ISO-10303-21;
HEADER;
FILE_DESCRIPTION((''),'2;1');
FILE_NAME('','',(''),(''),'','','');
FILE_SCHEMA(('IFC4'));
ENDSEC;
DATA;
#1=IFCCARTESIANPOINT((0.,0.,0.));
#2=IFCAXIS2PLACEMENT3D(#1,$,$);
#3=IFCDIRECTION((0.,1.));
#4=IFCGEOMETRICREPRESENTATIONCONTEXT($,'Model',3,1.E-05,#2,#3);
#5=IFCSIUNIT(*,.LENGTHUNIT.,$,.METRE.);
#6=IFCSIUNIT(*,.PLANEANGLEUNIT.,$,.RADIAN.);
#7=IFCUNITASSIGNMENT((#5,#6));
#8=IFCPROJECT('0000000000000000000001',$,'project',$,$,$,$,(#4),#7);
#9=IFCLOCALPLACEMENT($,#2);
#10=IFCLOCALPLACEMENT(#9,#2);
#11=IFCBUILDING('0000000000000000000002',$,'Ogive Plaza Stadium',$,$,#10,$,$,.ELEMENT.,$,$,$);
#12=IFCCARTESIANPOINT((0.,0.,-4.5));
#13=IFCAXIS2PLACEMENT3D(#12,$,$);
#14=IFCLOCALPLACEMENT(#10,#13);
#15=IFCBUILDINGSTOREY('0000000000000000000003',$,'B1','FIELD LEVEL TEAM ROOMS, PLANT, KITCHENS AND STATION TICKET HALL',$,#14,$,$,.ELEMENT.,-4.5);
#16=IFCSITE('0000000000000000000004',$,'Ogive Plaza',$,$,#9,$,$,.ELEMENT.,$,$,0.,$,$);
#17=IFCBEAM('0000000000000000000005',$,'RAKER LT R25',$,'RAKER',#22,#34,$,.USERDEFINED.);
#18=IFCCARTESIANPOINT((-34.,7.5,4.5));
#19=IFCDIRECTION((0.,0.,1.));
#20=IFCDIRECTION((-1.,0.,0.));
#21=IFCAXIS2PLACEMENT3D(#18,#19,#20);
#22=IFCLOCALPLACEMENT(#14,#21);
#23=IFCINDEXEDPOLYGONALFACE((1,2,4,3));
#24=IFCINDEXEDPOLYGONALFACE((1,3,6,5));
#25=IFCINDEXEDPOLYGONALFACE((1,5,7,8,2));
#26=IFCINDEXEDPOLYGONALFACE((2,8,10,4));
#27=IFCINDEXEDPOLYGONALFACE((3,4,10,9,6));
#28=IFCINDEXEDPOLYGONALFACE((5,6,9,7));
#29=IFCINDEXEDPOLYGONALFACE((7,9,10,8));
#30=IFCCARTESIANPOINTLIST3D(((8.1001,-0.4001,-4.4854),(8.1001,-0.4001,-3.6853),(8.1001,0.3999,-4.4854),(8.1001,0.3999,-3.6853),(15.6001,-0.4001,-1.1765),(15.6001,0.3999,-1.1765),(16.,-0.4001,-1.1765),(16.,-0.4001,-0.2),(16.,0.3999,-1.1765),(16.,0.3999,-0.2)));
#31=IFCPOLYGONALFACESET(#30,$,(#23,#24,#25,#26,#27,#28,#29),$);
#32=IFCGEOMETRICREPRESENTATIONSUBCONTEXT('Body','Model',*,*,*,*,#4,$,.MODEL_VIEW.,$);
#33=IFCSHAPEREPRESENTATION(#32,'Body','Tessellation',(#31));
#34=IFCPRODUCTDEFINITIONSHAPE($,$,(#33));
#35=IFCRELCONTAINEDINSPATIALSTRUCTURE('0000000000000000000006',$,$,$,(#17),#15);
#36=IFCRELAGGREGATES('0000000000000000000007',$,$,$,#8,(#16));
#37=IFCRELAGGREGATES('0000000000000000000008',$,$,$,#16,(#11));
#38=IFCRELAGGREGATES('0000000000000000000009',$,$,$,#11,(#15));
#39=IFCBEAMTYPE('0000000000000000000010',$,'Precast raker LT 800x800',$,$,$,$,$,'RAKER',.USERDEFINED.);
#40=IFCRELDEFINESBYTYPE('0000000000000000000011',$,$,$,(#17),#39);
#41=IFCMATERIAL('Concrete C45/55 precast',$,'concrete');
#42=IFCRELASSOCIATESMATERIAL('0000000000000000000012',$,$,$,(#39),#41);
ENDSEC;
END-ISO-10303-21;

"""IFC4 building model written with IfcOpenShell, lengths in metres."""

from ifc_helpers import new_model, si_unit, direction, frame, origin, origin_2d, place, context, subcontext, project, spatial, polyline, rectangle, outline, extrude, material, material_profile, profile_set, type_object, element, save


model = new_model("IFC4")

# Units and contexts
model_context = context("Model", 3, precision=1e-05, world=origin(), true_north=direction((0.0, 1.0)))
body_context = subcontext(model_context, "Body", "Model", "MODEL_VIEW")
ifc_project = project(units=[si_unit("LENGTHUNIT", "METRE"), si_unit("PLANEANGLEUNIT", "RADIAN")], contexts=[model_context])

# Site, building, storey
site_placement = place(None, origin())
site = spatial("IfcSite", under=ifc_project, at=site_placement, Name="Ogive Plaza", CompositionType="ELEMENT", RefElevation=0.0)
building_placement = place(site_placement, origin())
building = spatial("IfcBuilding", under=site, at=building_placement, Name="Ogive Plaza Stadium", CompositionType="ELEMENT")
storey_placement = place(building_placement, frame((0.0, 0.0, -4.5)))
storey = spatial("IfcBuildingStorey", under=building, at=storey_placement, Name="B1", Description="FIELD LEVEL TEAM ROOMS, PLANT, KITCHENS AND STATION TICKET HALL", CompositionType="ELEMENT", Elevation=-4.5)

# Beam
ifc_material_1 = material(Name="Concrete C45/55 precast", Category="concrete")
ifc_material_profile_1 = material_profile(ifc_material_1, rectangle(XDim=0.8, YDim=0.8, at=origin_2d()), Name="RC 800x800")
ifc_profile_set_1 = profile_set([ifc_material_profile_1], Name="Concrete C45/55 precast")
beam_type = type_object("IfcBeamType", Name="Precast raker LT 800x800", ElementType="RAKER", PredefinedType="USERDEFINED", material=ifc_profile_set_1)
beam_placement = place(storey_placement, frame((-34.0, 7.5, 4.5), z_axis=(0.0, 0.0, 1.0), x_axis=(-1.0, 0.0, 0.0)))
element("IfcBeam", 1, at=beam_placement, inside=storey, type_object=beam_type, Name="RAKER LT R25", ObjectType="RAKER", PredefinedType="USERDEFINED", context=body_context, shape_type="SweptSolid", body=[
    extrude(outline(polyline([(8.1001, -4.4854), (15.6001, -1.1765), (16.0, -1.1765), (16.0, -0.2), (8.1001, -3.6853), (8.1001, -4.4854)])), frame((0.0, 0.3999, 0.0), z_axis=(0.0, -1.0, 0.0), x_axis=(1.0, 0.0, 0.0)), (0.0, 0.0, 1.0), 0.8),
])

save(model, "model.ifc")
